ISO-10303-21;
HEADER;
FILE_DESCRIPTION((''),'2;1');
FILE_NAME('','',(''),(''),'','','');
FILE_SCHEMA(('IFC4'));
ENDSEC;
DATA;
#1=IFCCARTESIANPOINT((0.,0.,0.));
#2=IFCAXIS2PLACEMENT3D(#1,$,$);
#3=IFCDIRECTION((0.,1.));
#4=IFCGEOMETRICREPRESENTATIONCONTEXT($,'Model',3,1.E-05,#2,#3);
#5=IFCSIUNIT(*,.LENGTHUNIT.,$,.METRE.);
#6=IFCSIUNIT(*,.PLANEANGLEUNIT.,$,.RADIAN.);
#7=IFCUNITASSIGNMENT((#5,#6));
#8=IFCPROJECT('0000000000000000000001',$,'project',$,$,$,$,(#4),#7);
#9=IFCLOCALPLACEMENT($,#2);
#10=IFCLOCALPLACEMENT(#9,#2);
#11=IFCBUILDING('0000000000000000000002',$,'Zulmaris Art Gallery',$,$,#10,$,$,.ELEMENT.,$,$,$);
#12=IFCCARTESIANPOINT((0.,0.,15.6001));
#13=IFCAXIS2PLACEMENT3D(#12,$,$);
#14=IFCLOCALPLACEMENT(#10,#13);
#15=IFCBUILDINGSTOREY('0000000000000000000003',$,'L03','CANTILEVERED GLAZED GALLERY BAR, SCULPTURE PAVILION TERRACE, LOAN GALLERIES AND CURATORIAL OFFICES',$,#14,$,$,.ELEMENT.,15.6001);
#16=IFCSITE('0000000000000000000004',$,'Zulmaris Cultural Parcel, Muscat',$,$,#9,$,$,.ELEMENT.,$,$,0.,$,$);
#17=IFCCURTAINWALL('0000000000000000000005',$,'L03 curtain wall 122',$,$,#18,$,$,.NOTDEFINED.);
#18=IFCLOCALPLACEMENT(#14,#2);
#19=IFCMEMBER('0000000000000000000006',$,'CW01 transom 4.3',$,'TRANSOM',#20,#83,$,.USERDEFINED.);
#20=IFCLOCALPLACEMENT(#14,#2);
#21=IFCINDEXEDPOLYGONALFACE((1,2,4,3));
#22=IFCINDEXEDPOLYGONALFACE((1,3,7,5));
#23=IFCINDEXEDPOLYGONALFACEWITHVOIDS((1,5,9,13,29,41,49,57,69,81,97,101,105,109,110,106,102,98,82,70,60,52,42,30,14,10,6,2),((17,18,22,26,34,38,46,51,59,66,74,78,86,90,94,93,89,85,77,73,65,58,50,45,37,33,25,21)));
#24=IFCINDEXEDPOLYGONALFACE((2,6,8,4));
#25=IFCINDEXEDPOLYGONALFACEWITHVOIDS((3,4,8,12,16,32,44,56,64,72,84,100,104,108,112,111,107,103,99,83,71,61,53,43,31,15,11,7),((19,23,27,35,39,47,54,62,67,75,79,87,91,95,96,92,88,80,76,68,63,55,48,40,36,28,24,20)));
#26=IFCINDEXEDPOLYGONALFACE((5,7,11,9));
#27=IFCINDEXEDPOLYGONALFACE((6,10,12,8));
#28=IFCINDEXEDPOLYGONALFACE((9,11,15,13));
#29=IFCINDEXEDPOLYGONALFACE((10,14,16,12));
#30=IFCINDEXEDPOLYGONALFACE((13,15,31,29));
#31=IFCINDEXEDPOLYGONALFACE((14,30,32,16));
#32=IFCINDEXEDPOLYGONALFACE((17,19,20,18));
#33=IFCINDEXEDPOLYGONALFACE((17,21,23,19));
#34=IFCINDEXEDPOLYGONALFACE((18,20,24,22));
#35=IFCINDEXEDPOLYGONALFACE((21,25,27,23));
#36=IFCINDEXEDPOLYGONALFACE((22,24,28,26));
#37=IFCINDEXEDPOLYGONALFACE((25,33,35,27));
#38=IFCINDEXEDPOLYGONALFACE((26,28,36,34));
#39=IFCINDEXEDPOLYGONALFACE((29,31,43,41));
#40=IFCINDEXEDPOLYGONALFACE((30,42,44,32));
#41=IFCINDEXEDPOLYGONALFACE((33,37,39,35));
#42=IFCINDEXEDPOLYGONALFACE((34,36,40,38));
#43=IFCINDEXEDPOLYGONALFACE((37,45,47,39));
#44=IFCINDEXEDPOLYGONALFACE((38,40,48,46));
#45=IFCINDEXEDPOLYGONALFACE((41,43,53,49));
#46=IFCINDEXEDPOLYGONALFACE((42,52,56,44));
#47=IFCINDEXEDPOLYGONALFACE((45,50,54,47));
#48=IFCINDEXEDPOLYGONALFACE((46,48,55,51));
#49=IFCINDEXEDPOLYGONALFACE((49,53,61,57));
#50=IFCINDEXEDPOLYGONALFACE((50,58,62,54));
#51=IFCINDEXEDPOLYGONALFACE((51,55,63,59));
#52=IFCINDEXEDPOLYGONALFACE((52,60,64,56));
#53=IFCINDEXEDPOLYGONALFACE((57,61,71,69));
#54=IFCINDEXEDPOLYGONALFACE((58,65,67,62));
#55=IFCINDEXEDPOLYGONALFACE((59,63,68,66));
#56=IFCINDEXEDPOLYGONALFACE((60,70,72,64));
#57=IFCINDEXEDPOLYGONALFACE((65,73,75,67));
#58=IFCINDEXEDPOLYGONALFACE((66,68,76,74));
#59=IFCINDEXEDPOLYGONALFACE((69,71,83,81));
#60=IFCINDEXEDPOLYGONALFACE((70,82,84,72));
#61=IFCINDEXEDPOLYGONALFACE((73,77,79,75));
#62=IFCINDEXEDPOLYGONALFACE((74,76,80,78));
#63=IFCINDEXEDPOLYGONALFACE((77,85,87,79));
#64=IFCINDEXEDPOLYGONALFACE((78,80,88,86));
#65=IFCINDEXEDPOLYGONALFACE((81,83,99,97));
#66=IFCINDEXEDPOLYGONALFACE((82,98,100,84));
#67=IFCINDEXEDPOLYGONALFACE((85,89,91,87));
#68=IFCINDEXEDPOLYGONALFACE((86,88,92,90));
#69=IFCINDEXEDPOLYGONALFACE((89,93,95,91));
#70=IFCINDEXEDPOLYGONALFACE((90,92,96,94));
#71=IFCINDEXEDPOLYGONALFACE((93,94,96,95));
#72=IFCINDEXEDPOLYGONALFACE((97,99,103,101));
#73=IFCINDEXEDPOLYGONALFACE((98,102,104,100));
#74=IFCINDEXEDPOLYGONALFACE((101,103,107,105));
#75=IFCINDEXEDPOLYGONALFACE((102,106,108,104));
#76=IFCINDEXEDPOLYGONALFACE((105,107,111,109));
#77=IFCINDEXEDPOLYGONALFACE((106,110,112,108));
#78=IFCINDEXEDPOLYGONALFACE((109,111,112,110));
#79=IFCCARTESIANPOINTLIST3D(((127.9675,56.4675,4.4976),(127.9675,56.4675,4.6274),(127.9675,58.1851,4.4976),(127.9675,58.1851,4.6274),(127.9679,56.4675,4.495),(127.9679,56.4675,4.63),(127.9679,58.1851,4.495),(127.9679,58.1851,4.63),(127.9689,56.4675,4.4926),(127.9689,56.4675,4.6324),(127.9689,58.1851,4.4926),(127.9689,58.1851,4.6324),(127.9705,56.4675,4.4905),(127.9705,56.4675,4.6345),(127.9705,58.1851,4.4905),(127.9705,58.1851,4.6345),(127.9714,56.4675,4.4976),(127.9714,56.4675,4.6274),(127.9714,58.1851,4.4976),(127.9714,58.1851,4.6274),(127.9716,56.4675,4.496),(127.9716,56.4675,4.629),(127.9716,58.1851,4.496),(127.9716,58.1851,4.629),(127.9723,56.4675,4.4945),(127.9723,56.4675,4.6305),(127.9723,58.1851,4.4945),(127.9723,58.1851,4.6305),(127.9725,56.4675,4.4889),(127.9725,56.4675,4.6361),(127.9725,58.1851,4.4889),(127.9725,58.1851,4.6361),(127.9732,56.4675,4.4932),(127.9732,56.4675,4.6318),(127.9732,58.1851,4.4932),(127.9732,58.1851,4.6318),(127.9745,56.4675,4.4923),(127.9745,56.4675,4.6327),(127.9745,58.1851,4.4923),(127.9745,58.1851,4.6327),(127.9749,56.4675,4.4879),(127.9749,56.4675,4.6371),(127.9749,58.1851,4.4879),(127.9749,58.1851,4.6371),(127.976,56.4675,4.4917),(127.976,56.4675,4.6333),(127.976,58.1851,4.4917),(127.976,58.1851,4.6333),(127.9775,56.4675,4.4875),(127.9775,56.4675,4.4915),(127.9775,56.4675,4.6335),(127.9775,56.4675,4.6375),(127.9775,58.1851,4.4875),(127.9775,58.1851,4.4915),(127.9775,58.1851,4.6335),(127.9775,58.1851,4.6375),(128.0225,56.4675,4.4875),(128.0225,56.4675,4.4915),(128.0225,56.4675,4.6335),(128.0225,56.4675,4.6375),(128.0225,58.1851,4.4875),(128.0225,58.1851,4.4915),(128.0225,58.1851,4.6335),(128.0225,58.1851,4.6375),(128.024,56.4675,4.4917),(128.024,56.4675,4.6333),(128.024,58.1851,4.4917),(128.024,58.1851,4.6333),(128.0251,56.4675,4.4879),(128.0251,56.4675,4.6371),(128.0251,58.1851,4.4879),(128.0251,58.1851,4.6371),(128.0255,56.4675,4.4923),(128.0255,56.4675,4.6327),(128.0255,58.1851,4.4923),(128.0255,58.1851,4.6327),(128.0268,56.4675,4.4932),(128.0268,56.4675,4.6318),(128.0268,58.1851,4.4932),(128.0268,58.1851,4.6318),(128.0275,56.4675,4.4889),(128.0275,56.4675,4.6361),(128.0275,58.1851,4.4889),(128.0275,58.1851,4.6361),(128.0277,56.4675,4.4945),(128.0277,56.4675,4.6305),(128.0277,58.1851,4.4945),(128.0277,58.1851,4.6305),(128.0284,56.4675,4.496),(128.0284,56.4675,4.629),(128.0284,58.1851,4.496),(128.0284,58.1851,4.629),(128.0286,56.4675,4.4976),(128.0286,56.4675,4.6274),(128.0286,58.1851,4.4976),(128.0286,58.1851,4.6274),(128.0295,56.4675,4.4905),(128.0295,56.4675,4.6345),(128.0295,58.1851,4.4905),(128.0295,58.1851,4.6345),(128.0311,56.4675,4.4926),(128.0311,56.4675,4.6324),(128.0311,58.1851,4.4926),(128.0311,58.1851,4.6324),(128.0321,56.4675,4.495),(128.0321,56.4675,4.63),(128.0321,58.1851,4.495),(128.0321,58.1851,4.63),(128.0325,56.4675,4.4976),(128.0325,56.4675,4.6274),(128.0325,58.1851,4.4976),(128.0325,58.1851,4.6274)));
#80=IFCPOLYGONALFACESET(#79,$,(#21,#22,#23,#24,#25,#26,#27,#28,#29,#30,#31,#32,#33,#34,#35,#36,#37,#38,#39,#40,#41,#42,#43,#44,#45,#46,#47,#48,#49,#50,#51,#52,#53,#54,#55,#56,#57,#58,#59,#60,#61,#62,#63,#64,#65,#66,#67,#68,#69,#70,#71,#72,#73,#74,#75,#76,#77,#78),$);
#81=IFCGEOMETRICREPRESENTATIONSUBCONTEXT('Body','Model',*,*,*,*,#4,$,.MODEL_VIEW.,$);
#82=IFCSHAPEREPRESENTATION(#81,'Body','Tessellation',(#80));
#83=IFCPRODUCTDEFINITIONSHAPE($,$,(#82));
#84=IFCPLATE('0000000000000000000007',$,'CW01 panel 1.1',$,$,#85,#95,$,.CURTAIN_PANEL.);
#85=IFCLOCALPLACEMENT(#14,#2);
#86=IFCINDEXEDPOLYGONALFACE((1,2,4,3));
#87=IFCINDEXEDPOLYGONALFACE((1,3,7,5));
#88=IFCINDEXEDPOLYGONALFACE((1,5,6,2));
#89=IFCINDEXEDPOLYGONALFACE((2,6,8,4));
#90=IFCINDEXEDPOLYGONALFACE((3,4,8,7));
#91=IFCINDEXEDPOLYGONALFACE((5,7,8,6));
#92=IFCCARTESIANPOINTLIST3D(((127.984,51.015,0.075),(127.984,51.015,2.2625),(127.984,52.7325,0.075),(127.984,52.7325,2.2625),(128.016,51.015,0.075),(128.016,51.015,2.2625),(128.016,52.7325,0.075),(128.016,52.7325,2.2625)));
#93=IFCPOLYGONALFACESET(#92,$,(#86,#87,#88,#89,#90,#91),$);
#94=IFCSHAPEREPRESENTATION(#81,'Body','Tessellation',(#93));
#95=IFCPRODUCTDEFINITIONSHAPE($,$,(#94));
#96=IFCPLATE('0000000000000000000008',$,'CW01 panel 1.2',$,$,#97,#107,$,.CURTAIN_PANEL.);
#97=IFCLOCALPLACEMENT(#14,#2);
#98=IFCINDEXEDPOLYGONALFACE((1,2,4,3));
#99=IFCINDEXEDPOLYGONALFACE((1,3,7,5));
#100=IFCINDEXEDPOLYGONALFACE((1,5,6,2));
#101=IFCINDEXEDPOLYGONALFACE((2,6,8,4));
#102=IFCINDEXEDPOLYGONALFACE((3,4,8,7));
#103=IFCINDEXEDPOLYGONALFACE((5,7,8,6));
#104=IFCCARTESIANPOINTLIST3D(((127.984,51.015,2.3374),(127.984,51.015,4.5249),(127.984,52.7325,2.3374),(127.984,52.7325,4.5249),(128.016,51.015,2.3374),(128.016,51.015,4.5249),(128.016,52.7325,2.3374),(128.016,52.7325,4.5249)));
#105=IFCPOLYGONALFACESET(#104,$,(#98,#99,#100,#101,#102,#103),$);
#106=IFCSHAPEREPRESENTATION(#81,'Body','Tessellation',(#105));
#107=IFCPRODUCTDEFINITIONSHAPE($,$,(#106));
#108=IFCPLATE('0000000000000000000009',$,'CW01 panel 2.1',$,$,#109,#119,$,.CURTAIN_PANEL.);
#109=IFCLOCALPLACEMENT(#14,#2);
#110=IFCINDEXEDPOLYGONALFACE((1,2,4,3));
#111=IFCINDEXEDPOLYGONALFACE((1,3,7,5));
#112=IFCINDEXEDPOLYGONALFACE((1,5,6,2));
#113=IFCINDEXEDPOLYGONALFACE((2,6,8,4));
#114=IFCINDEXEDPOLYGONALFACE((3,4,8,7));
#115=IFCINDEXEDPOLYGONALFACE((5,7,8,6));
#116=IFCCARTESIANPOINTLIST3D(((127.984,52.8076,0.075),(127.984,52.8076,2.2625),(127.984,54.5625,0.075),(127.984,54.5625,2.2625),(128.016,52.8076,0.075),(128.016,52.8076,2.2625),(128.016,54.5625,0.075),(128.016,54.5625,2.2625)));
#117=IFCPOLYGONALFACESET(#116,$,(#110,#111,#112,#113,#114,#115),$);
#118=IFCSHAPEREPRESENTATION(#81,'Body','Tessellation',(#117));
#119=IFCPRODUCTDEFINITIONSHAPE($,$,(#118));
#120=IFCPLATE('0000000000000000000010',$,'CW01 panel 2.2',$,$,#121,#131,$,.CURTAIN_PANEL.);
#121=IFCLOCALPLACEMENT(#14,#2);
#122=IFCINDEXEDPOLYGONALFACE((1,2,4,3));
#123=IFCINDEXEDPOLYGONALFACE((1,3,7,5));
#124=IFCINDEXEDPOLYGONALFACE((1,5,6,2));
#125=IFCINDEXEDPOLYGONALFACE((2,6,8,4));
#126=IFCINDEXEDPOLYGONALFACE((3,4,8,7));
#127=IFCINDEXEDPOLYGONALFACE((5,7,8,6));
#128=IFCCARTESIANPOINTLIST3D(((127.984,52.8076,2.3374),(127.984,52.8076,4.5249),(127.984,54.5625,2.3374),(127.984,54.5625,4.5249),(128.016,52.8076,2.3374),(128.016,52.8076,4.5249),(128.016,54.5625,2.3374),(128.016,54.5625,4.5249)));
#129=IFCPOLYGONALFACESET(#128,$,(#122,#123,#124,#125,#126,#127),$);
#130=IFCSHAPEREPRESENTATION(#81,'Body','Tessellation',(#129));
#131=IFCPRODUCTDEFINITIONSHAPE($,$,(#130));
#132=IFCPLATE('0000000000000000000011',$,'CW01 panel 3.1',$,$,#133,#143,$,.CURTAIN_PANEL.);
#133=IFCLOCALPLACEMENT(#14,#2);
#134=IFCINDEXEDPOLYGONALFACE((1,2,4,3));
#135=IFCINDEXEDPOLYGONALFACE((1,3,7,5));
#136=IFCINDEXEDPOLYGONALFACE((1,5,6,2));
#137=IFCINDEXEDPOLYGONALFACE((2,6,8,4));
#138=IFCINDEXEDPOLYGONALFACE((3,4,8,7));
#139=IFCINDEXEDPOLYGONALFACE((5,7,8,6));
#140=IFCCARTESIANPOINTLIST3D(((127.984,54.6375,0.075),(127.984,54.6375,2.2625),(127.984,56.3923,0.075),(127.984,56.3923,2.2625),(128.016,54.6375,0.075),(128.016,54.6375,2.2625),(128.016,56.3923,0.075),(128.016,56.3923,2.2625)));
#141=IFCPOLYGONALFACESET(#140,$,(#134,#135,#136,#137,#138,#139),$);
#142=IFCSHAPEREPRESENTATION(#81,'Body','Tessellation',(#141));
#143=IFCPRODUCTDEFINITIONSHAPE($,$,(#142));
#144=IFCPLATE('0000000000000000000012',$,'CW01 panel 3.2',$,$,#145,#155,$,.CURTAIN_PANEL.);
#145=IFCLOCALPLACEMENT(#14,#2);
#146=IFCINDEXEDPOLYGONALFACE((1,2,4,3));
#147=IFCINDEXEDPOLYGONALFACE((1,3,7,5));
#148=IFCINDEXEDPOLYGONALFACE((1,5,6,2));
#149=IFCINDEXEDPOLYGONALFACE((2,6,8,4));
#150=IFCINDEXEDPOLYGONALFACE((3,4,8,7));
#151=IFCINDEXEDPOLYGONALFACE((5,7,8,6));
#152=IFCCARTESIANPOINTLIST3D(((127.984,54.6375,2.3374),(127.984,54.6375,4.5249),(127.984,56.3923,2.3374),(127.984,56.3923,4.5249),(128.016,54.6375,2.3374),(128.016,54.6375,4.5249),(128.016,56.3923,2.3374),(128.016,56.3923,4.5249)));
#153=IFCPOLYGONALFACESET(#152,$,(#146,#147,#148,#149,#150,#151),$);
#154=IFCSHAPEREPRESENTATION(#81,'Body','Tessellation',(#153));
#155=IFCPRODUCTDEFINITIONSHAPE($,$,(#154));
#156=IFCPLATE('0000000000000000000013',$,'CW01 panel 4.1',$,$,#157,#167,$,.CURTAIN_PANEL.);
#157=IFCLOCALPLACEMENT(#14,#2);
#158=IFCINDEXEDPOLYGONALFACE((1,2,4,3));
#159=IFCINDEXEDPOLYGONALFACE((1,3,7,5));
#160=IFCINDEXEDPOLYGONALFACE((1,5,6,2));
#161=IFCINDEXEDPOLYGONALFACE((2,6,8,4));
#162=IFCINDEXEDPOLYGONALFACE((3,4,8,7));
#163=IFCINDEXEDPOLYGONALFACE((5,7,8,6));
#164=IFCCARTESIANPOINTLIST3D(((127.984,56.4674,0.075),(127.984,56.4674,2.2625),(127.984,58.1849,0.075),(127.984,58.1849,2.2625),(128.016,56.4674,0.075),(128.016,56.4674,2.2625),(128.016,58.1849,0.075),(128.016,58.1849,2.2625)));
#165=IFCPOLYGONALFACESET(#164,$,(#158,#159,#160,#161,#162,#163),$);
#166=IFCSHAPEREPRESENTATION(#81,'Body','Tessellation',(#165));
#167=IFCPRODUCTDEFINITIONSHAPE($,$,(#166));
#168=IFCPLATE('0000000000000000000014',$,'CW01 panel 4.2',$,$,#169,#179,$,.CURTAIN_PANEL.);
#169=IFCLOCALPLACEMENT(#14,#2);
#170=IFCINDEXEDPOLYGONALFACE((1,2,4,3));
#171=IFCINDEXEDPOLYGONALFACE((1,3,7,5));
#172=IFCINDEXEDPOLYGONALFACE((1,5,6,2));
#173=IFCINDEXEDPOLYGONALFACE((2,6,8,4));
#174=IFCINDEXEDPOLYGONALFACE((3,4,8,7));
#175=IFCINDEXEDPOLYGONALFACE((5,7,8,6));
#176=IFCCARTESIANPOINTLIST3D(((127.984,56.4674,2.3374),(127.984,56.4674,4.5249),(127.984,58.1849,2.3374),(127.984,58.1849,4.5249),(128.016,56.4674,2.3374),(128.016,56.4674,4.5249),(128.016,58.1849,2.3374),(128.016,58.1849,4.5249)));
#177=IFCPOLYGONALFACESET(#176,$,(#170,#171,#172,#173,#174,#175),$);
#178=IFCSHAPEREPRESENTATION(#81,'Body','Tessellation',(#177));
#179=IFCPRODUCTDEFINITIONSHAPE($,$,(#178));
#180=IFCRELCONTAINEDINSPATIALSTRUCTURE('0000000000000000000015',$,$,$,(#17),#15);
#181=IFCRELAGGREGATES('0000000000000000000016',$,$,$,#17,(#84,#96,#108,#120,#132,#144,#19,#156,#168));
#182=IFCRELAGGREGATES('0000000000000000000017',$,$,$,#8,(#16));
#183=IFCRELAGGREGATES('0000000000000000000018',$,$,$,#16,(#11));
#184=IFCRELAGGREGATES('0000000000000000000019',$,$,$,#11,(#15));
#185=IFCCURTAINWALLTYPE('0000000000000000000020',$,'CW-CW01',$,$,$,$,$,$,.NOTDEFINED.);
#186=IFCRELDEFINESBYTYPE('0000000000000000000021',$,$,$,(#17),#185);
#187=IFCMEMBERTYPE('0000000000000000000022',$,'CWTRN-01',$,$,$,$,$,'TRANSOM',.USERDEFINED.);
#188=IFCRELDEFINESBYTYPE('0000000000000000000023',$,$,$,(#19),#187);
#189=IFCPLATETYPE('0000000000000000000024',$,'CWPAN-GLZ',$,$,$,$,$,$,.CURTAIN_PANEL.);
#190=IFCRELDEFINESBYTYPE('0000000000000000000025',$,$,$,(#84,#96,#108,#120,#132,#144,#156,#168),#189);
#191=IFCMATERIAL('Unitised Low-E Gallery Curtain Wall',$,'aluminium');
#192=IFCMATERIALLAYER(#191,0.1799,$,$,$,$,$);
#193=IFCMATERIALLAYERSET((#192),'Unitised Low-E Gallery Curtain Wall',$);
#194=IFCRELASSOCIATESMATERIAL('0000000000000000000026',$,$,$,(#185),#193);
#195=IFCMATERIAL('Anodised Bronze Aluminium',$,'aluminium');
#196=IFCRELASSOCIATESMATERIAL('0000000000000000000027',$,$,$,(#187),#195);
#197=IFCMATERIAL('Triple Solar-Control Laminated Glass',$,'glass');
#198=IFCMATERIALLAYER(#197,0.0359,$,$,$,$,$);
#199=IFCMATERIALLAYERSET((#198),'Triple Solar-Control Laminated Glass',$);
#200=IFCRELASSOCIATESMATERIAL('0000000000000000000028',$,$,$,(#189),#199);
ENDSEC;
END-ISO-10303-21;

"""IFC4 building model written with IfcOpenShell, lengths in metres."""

from ifc_helpers import new_model, si_unit, direction, frame, origin, origin_2d, place, context, subcontext, project, spatial, rectangle, hollow_rectangle, extrude, material, layer, layer_set, material_profile, profile_set, type_object, element, aggregate, save


model = new_model("IFC4")

# Units and contexts
model_context = context("Model", 3, precision=1e-05, world=origin(), true_north=direction((0.0, 1.0)))
body_context = subcontext(model_context, "Body", "Model", "MODEL_VIEW")
ifc_project = project(units=[si_unit("LENGTHUNIT", "METRE"), si_unit("PLANEANGLEUNIT", "RADIAN")], contexts=[model_context])

# Site, building, storey
site_placement = place(None, origin())
site = spatial("IfcSite", under=ifc_project, at=site_placement, Name="Zulmaris Cultural Parcel, Muscat", CompositionType="ELEMENT", RefElevation=0.0)
building_placement = place(site_placement, origin())
building = spatial("IfcBuilding", under=site, at=building_placement, Name="Zulmaris Art Gallery", CompositionType="ELEMENT")
storey_placement = place(building_placement, frame((0.0, 0.0, 15.6001)))
storey = spatial("IfcBuildingStorey", under=building, at=storey_placement, Name="L03", Description="CANTILEVERED GLAZED GALLERY BAR, SCULPTURE PAVILION TERRACE, LOAN GALLERIES AND CURATORIAL OFFICES", CompositionType="ELEMENT", Elevation=15.6001)

# Curtain wall, member, plates
ifc_material_1 = material(Name="Unitised Low-E Gallery Curtain Wall", Category="aluminium")
ifc_layer_1 = layer(ifc_material_1, 0.1799)
ifc_layer_set_1 = layer_set([ifc_layer_1], Name="Unitised Low-E Gallery Curtain Wall")
curtain_wall_type = type_object("IfcCurtainWallType", Name="CW-CW01", PredefinedType="NOTDEFINED", material=ifc_layer_set_1)
curtain_wall_placement = place(storey_placement, origin())
curtain_wall = element("IfcCurtainWall", 1, at=curtain_wall_placement, inside=storey, type_object=curtain_wall_type, Name="L03 curtain wall 122", PredefinedType="NOTDEFINED")
ifc_material_2 = material(Name="Anodised Bronze Aluminium", Category="aluminium")
ifc_material_profile_1 = material_profile(ifc_material_2, hollow_rectangle(XDim=0.0649, YDim=0.1499, WallThickness=0.0039, InnerFilletRadius=0.0061, OuterFilletRadius=0.01, at=origin_2d()), Name="ALU 65x150x4")
ifc_profile_set_1 = profile_set([ifc_material_profile_1], Name="Anodised Bronze Aluminium")
member_type_1 = type_object("IfcMemberType", Name="CWTRN-01", ElementType="TRANSOM", PredefinedType="USERDEFINED", material=ifc_profile_set_1)
member_1_placement = place(storey_placement, frame((128.0, 56.4675, 4.5625), z_axis=(0.0, 1.0, 0.0), x_axis=(-1.0, 0.0, 0.0)))
member_1 = element("IfcMember", 2, at=member_1_placement, type_object=member_type_1, Name="CW01 transom 4.3", ObjectType="TRANSOM", PredefinedType="USERDEFINED", context=body_context, shape_type="SweptSolid", body=[
    extrude(hollow_rectangle(XDim=0.0649, YDim=0.1499, WallThickness=0.0039, InnerFilletRadius=0.0061, OuterFilletRadius=0.01, at=origin_2d()), origin(), (0.0, 0.0, 1.0), 1.7175),
])
ifc_material_3 = material(Name="Triple Solar-Control Laminated Glass", Category="glass")
ifc_layer_2 = layer(ifc_material_3, 0.0359)
ifc_layer_set_2 = layer_set([ifc_layer_2], Name="Triple Solar-Control Laminated Glass")
plate_type = type_object("IfcPlateType", Name="CWPAN-GLZ", PredefinedType="CURTAIN_PANEL", material=ifc_layer_set_2)
plate_1_placement = place(storey_placement, frame((128.0, 51.8738, 0.075), z_axis=(0.0, 0.0, 1.0), x_axis=(0.0, 1.0, 0.0)))
plate_1 = element("IfcPlate", 3, at=plate_1_placement, type_object=plate_type, Name="CW01 panel 1.1", PredefinedType="CURTAIN_PANEL", context=body_context, shape_type="SweptSolid", body=[
    extrude(rectangle(XDim=1.7175, YDim=0.032, at=origin_2d()), origin(), (0.0, 0.0, 1.0), 2.1875),
])
plate_2_placement = place(storey_placement, frame((128.0, 51.8738, 2.3374), z_axis=(0.0, 0.0, 1.0), x_axis=(0.0, 1.0, 0.0)))
plate_2 = element("IfcPlate", 4, at=plate_2_placement, type_object=plate_type, Name="CW01 panel 1.2", PredefinedType="CURTAIN_PANEL", context=body_context, shape_type="SweptSolid", body=[
    extrude(rectangle(XDim=1.7175, YDim=0.032, at=origin_2d()), origin(), (0.0, 0.0, 1.0), 2.1875),
])
plate_3_placement = place(storey_placement, frame((128.0, 53.6851, 0.075), z_axis=(0.0, 0.0, 1.0), x_axis=(0.0, 1.0, 0.0)))
plate_3 = element("IfcPlate", 5, at=plate_3_placement, type_object=plate_type, Name="CW01 panel 2.1", PredefinedType="CURTAIN_PANEL", context=body_context, shape_type="SweptSolid", body=[
    extrude(rectangle(XDim=1.7549, YDim=0.032, at=origin_2d()), origin(), (0.0, 0.0, 1.0), 2.1875),
])
plate_4_placement = place(storey_placement, frame((128.0, 53.6851, 2.3374), z_axis=(0.0, 0.0, 1.0), x_axis=(0.0, 1.0, 0.0)))
plate_4 = element("IfcPlate", 6, at=plate_4_placement, type_object=plate_type, Name="CW01 panel 2.2", PredefinedType="CURTAIN_PANEL", context=body_context, shape_type="SweptSolid", body=[
    extrude(rectangle(XDim=1.7549, YDim=0.032, at=origin_2d()), origin(), (0.0, 0.0, 1.0), 2.1875),
])
plate_5_placement = place(storey_placement, frame((128.0, 55.5149, 0.075), z_axis=(0.0, 0.0, 1.0), x_axis=(0.0, 1.0, 0.0)))
plate_5 = element("IfcPlate", 7, at=plate_5_placement, type_object=plate_type, Name="CW01 panel 3.1", PredefinedType="CURTAIN_PANEL", context=body_context, shape_type="SweptSolid", body=[
    extrude(rectangle(XDim=1.7549, YDim=0.032, at=origin_2d()), origin(), (0.0, 0.0, 1.0), 2.1875),
])
plate_6_placement = place(storey_placement, frame((128.0, 55.5149, 2.3374), z_axis=(0.0, 0.0, 1.0), x_axis=(0.0, 1.0, 0.0)))
plate_6 = element("IfcPlate", 8, at=plate_6_placement, type_object=plate_type, Name="CW01 panel 3.2", PredefinedType="CURTAIN_PANEL", context=body_context, shape_type="SweptSolid", body=[
    extrude(rectangle(XDim=1.7549, YDim=0.032, at=origin_2d()), origin(), (0.0, 0.0, 1.0), 2.1875),
])
plate_7_placement = place(storey_placement, frame((128.0, 57.3262, 0.075), z_axis=(0.0, 0.0, 1.0), x_axis=(0.0, 1.0, 0.0)))
plate_7 = element("IfcPlate", 9, at=plate_7_placement, type_object=plate_type, Name="CW01 panel 4.1", PredefinedType="CURTAIN_PANEL", context=body_context, shape_type="SweptSolid", body=[
    extrude(rectangle(XDim=1.7175, YDim=0.032, at=origin_2d()), origin(), (0.0, 0.0, 1.0), 2.1875),
])
plate_8_placement = place(storey_placement, frame((128.0, 57.3262, 2.3374), z_axis=(0.0, 0.0, 1.0), x_axis=(0.0, 1.0, 0.0)))
plate_8 = element("IfcPlate", 10, at=plate_8_placement, type_object=plate_type, Name="CW01 panel 4.2", PredefinedType="CURTAIN_PANEL", context=body_context, shape_type="SweptSolid", body=[
    extrude(rectangle(XDim=1.7175, YDim=0.032, at=origin_2d()), origin(), (0.0, 0.0, 1.0), 2.1875),
])
aggregate(curtain_wall, [plate_1, plate_2, plate_3, plate_4, plate_5, plate_6, member_1, plate_7, plate_8])

save(model, "model.ifc")
